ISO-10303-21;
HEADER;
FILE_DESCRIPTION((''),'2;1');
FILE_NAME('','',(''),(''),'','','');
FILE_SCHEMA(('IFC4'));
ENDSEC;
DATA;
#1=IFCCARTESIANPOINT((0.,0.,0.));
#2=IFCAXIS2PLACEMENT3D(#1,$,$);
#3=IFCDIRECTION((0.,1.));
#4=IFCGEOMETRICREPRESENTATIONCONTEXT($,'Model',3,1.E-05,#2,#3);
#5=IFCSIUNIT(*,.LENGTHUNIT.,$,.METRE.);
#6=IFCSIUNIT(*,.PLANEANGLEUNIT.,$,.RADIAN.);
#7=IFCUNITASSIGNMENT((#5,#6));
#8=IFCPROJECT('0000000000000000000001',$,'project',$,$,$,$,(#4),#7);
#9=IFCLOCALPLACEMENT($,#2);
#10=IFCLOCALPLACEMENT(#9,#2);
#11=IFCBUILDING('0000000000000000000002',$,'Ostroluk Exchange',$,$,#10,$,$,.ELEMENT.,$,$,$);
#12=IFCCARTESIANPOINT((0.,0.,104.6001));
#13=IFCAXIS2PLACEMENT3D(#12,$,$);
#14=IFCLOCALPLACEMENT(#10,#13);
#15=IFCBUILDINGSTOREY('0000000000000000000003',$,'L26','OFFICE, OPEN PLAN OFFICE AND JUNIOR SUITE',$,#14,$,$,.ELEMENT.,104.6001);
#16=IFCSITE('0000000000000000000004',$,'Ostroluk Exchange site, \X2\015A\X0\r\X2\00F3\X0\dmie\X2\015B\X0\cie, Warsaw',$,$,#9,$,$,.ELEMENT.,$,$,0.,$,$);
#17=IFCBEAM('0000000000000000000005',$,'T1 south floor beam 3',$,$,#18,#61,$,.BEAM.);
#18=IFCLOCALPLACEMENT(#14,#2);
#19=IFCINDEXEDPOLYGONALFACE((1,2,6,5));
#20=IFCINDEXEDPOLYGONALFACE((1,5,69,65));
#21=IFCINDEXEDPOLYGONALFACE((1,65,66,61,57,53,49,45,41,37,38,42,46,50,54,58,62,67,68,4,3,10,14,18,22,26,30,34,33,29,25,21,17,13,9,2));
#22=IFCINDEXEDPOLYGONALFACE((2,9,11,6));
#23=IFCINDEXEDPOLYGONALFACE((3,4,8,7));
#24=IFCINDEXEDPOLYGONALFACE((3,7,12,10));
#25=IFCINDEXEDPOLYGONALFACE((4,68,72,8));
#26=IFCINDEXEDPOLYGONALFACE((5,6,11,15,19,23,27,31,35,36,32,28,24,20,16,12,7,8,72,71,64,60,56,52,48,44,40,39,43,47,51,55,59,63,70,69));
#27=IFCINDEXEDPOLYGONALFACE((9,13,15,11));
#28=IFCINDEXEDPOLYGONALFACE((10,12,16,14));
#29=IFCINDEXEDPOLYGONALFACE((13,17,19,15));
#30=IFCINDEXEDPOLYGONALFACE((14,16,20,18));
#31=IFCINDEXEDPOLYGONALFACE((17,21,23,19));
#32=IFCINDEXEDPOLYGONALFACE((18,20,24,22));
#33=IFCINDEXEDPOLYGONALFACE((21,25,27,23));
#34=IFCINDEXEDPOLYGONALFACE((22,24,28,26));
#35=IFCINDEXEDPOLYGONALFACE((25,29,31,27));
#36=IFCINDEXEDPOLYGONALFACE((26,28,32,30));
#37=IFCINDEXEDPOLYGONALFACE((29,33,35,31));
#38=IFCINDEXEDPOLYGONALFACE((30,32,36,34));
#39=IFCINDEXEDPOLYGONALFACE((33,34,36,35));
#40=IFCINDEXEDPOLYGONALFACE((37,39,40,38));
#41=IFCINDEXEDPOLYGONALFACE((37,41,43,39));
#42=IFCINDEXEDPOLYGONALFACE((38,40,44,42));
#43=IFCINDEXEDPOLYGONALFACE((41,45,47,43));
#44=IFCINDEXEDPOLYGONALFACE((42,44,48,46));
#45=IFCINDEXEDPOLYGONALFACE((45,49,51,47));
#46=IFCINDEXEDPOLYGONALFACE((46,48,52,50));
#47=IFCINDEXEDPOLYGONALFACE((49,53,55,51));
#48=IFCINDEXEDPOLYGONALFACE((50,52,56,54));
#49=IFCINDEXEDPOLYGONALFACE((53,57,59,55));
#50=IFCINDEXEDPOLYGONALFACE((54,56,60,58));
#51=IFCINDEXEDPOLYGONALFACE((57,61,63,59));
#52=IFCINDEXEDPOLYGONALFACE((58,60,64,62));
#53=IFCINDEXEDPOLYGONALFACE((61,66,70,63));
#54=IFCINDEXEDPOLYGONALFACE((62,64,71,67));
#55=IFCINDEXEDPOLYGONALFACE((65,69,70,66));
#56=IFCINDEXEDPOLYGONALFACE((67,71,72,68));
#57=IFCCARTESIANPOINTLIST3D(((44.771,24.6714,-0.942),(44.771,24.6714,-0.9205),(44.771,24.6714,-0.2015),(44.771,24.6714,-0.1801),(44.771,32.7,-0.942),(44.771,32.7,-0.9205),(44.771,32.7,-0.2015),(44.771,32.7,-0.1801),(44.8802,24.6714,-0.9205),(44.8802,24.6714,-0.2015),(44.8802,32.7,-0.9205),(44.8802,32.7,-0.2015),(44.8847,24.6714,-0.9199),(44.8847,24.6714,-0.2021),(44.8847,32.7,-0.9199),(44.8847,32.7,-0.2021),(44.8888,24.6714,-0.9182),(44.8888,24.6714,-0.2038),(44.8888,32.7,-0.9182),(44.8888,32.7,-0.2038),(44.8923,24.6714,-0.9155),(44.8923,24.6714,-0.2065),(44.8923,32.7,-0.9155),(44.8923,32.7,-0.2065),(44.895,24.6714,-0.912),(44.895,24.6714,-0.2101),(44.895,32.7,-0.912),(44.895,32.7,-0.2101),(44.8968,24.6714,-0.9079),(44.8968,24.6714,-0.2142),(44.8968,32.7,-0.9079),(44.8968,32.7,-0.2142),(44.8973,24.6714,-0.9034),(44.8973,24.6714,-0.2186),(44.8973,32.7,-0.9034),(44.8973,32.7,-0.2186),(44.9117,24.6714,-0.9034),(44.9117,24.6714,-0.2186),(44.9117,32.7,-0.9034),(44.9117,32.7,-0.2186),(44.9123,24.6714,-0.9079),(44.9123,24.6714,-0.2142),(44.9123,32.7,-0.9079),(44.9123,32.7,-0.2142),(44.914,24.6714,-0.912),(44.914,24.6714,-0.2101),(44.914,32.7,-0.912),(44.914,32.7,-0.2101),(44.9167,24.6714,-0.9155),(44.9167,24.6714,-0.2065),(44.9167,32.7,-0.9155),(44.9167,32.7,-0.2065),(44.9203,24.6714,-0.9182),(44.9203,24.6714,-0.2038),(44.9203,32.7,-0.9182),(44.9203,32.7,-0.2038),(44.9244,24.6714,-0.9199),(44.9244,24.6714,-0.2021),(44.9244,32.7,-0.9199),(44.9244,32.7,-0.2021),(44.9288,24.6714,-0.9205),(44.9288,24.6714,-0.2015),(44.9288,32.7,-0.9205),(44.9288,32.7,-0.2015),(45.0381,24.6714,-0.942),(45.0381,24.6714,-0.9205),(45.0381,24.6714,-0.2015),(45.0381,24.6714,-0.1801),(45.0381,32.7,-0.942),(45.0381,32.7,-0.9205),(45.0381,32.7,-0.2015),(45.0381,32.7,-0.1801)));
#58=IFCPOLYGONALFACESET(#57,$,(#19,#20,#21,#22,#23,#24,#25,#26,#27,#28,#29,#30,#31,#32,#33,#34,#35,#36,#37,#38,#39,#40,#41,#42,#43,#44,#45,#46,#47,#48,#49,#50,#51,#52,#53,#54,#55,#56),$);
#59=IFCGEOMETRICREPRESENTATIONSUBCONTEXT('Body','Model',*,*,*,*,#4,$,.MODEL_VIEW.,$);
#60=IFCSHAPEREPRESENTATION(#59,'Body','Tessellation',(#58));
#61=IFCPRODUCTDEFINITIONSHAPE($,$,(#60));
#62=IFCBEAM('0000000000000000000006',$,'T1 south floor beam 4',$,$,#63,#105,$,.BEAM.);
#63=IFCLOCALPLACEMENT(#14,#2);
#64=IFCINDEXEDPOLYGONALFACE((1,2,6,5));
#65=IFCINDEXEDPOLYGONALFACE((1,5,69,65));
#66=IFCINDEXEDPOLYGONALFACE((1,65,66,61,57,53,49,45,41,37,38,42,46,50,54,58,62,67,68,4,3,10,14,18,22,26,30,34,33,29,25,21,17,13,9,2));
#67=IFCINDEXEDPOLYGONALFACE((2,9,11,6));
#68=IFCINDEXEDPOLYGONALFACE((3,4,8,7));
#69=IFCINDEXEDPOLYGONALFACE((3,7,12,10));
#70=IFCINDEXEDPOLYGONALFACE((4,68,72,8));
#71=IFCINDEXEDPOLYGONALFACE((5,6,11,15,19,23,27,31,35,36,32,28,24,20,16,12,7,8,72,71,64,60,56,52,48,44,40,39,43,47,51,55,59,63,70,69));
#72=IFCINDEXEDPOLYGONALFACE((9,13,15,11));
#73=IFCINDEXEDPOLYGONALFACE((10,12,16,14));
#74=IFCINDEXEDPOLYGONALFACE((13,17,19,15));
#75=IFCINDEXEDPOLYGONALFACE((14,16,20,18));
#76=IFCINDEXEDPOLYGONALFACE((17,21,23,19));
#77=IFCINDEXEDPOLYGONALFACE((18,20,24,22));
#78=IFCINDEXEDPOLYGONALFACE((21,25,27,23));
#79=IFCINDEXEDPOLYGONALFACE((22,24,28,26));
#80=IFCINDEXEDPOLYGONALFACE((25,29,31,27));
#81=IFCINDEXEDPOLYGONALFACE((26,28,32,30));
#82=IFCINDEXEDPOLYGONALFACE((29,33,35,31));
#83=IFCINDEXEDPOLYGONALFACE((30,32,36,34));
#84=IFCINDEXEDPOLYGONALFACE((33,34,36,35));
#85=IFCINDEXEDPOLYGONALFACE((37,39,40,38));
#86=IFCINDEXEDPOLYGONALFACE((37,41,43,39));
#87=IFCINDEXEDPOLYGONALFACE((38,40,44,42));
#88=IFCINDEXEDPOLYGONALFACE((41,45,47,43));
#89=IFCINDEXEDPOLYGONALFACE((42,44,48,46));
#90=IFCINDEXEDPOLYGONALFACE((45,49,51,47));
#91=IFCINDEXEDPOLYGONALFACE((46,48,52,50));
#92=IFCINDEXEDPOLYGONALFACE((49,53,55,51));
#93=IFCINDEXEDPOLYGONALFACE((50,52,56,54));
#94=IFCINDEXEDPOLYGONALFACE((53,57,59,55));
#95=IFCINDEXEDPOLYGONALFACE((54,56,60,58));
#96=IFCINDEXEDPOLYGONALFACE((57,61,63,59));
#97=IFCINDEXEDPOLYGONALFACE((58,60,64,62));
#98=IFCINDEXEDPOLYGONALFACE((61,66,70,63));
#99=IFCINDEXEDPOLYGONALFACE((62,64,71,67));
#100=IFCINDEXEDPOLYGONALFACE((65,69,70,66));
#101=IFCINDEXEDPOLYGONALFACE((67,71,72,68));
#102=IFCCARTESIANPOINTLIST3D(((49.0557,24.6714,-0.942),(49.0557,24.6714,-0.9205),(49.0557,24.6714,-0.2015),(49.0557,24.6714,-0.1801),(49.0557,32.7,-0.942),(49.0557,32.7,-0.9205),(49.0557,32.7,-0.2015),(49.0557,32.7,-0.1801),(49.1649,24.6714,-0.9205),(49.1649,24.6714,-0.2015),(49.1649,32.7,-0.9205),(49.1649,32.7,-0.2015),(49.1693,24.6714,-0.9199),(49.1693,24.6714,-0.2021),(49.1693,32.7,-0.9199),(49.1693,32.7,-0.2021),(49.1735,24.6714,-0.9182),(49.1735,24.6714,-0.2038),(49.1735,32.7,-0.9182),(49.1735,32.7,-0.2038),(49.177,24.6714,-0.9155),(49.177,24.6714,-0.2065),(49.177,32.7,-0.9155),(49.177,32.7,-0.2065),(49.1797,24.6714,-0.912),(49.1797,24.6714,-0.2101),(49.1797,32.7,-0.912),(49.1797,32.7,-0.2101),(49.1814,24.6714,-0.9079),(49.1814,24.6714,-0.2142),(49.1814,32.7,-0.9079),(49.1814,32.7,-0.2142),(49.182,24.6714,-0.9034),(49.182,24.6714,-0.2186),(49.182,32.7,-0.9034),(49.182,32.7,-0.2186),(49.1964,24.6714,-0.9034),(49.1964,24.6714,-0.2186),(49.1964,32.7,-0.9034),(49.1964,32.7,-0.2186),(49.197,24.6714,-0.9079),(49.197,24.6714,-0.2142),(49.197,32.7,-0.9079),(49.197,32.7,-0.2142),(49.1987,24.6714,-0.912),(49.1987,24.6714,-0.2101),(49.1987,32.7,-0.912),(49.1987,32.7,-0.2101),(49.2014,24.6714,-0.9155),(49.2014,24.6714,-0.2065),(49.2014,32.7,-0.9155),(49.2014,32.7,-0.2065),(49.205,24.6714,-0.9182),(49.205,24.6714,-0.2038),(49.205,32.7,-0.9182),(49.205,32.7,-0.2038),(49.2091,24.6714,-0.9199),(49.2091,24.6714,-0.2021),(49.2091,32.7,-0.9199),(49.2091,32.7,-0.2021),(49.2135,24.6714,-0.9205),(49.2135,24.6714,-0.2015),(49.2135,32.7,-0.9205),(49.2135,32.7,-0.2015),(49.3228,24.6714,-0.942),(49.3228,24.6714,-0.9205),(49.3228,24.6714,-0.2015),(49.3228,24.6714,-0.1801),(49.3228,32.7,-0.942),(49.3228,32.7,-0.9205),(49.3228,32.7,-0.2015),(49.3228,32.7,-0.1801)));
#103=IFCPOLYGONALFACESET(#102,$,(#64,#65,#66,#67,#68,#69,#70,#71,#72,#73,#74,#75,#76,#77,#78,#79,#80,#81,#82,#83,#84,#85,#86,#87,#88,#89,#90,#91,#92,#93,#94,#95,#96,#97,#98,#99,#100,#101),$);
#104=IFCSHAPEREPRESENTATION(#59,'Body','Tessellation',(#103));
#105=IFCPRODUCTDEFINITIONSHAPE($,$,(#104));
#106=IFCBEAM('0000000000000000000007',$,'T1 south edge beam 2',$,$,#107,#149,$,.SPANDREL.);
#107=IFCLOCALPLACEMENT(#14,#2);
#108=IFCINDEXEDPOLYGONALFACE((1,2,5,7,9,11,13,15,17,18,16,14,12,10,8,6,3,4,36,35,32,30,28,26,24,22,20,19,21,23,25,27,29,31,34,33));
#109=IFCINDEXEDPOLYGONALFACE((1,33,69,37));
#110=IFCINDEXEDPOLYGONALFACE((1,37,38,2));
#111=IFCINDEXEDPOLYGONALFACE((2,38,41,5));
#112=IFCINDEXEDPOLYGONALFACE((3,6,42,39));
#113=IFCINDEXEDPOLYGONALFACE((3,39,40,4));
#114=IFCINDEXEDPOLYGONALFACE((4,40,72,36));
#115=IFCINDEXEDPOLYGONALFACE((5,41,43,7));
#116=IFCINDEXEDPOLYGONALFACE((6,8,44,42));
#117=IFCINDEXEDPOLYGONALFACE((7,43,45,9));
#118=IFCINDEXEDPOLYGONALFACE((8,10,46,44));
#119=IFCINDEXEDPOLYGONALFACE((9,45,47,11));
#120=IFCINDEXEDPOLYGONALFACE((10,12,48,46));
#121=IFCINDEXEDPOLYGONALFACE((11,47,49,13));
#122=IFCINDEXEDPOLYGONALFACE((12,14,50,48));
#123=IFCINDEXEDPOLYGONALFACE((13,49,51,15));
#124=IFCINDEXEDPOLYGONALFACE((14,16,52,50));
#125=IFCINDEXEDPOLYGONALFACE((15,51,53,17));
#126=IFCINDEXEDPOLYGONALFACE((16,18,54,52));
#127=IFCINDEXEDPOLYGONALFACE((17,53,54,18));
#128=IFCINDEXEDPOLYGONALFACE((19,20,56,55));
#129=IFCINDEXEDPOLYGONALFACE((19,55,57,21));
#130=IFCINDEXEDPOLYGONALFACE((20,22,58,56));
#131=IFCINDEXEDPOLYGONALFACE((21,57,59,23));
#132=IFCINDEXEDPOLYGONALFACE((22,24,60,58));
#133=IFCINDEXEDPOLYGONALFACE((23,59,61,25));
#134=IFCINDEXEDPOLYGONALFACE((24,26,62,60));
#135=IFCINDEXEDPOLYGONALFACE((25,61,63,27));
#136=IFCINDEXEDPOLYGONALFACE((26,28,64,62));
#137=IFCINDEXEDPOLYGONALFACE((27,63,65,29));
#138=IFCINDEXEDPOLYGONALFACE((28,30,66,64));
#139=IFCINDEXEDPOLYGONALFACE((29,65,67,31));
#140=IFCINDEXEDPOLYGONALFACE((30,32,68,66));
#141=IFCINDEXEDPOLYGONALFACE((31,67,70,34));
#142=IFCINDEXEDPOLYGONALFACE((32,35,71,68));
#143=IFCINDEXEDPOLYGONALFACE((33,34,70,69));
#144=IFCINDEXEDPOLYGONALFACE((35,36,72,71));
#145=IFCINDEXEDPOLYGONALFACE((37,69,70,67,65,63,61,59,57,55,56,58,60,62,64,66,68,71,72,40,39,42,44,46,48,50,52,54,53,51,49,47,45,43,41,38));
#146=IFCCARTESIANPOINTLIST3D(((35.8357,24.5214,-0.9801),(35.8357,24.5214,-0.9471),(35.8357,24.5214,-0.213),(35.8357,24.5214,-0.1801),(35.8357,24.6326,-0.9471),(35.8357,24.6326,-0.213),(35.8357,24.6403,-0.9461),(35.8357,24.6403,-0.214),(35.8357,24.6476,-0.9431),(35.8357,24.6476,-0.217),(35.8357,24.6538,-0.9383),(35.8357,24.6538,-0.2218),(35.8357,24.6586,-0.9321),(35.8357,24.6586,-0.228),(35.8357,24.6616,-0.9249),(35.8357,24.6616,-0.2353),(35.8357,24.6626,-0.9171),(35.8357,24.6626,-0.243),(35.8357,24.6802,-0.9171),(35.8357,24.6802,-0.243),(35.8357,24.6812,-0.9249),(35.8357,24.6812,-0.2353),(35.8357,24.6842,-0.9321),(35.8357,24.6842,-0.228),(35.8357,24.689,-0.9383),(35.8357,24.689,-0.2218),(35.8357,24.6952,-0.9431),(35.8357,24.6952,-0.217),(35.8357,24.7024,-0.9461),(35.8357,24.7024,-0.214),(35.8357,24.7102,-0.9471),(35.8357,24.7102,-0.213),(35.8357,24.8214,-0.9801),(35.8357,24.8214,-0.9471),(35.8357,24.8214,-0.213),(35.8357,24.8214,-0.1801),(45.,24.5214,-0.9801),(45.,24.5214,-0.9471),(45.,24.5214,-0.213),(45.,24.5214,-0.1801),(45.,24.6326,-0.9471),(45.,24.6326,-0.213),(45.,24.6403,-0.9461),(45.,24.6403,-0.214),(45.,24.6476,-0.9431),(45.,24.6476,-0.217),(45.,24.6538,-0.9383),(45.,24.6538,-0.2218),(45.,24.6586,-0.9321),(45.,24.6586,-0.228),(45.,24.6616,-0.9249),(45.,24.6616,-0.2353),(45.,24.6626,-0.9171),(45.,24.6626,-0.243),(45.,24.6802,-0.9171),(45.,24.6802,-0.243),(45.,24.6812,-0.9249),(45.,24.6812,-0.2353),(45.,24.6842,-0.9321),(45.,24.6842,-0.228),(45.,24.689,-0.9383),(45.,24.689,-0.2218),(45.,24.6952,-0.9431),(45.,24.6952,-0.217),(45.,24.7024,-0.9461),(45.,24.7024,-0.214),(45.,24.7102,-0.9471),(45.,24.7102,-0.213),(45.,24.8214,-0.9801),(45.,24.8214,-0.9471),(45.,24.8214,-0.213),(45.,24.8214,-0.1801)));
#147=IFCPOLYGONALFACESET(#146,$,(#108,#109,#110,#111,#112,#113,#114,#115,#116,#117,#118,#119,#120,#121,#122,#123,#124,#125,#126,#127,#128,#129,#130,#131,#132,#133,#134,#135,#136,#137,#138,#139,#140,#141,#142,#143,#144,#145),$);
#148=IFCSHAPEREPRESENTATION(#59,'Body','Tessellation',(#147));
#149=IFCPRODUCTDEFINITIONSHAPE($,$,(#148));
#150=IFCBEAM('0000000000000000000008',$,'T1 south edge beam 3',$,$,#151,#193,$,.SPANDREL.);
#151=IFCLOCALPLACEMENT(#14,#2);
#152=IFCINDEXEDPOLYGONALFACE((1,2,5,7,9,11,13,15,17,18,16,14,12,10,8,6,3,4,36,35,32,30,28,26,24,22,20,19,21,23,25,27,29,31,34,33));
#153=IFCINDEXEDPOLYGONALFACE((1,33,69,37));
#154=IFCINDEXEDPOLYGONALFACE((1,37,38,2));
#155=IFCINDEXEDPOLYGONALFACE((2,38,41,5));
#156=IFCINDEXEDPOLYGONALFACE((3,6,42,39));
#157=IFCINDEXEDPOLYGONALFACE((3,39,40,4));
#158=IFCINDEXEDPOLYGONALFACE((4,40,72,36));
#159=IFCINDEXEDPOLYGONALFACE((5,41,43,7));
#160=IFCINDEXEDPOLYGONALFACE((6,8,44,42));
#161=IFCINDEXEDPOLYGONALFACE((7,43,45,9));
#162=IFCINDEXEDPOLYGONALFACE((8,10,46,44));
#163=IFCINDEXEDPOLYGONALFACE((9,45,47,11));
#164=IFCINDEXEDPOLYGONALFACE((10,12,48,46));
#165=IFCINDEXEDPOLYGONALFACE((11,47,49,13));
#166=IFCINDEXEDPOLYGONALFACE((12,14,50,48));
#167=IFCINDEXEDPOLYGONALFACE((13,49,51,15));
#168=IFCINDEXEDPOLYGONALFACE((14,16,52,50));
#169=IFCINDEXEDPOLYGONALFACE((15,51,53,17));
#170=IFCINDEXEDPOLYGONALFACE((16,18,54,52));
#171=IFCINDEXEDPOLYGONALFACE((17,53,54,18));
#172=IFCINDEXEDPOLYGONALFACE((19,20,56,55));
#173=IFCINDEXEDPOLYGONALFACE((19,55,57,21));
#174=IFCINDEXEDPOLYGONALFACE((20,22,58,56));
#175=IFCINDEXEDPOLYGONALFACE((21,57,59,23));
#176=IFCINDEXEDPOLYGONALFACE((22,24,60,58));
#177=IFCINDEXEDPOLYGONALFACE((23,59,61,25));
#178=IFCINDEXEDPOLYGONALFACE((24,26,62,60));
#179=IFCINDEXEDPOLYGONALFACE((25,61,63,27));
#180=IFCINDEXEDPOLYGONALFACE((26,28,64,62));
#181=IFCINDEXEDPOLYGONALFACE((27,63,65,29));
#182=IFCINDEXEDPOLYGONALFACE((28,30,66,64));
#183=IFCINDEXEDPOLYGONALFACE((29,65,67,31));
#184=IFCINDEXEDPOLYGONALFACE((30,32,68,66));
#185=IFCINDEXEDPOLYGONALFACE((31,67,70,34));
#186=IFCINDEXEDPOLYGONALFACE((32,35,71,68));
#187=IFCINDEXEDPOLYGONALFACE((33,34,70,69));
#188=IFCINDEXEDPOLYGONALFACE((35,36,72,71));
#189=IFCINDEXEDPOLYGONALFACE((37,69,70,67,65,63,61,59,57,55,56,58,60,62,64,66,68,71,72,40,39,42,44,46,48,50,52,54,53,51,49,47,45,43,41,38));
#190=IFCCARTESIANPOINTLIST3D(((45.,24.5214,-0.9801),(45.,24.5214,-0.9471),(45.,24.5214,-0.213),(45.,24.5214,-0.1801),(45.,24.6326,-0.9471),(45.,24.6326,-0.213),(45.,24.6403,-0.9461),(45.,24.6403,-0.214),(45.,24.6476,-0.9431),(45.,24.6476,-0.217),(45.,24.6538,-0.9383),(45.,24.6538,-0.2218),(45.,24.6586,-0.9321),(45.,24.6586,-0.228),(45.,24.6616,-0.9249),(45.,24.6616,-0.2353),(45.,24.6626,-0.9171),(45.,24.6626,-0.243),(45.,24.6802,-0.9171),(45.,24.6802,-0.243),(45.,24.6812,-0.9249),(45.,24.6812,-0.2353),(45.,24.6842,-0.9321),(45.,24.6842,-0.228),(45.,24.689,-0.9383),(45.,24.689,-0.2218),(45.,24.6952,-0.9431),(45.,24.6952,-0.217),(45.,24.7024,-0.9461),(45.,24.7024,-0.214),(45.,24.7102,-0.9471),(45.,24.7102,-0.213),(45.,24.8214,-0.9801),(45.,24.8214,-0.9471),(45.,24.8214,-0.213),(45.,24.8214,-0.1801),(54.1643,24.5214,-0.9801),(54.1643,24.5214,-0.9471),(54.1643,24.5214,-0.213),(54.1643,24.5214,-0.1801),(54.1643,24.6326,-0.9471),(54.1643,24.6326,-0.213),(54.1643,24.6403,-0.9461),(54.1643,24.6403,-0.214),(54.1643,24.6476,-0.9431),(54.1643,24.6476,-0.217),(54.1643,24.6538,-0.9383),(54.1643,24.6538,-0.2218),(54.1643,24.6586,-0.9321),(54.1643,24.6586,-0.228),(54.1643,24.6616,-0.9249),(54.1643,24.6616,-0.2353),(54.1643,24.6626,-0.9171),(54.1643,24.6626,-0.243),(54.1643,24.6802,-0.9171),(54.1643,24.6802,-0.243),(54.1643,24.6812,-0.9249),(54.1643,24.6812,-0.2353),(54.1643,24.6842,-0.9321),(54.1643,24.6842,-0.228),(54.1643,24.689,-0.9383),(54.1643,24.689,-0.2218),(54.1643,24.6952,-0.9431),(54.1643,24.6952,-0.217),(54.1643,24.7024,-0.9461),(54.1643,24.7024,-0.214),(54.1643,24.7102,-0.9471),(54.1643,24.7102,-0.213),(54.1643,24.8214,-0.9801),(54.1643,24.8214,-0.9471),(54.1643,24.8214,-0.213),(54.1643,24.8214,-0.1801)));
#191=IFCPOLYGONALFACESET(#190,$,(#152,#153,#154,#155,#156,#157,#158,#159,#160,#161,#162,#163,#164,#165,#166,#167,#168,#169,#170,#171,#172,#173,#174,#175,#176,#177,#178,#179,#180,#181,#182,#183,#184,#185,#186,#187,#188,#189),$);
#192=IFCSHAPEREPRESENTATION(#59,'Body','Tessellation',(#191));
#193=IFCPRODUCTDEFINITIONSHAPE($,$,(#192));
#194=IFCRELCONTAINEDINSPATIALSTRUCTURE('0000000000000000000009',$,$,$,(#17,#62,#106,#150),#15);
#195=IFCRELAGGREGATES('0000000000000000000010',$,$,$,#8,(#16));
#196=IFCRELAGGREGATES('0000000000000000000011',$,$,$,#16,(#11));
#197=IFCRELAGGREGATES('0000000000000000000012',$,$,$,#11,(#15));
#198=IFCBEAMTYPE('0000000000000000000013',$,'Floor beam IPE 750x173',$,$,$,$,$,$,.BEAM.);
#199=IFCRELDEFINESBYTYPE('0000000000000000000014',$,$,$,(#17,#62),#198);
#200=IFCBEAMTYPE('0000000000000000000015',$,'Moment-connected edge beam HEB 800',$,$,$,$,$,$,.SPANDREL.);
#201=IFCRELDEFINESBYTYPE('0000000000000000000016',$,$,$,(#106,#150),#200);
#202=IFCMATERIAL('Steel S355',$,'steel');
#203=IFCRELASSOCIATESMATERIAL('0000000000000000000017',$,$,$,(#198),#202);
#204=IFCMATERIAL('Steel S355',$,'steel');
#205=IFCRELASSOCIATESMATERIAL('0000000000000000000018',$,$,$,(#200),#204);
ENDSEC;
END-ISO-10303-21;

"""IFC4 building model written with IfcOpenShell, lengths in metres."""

from ifc_helpers import new_model, si_unit, direction, frame, origin, origin_2d, place, context, subcontext, project, spatial, i_section, extrude, material, material_profile, profile_set, type_object, element, save


model = new_model("IFC4")

# Units and contexts
model_context = context("Model", 3, precision=1e-05, world=origin(), true_north=direction((0.0, 1.0)))
body_context = subcontext(model_context, "Body", "Model", "MODEL_VIEW")
ifc_project = project(units=[si_unit("LENGTHUNIT", "METRE"), si_unit("PLANEANGLEUNIT", "RADIAN")], contexts=[model_context])

# Site, building, storey
site_placement = place(None, origin())
site = spatial("IfcSite", under=ifc_project, at=site_placement, Name="Ostroluk Exchange site, Śródmieście, Warsaw", CompositionType="ELEMENT", RefElevation=0.0)
building_placement = place(site_placement, origin())
building = spatial("IfcBuilding", under=site, at=building_placement, Name="Ostroluk Exchange", CompositionType="ELEMENT")
storey_placement = place(building_placement, frame((0.0, 0.0, 104.6001)))
storey = spatial("IfcBuildingStorey", under=building, at=storey_placement, Name="L26", Description="OFFICE, OPEN PLAN OFFICE AND JUNIOR SUITE", CompositionType="ELEMENT", Elevation=104.6001)

# Beams
ifc_material_1 = material(Name="Steel S355", Category="steel")
ifc_material_profile_1 = material_profile(ifc_material_1, i_section(OverallWidth=0.2671, OverallDepth=0.762, WebThickness=0.0144, FlangeThickness=0.0215, FilletRadius=0.0171, at=origin_2d()), Name="IPE 750x173")
ifc_profile_set_1 = profile_set([ifc_material_profile_1], Name="Steel S355")
beam_type_1 = type_object("IfcBeamType", Name="Floor beam IPE 750x173", PredefinedType="BEAM", material=ifc_profile_set_1)
for number, where, z_axis, x_axis, name in (
    (1, (44.9045, 32.7, -0.561), (0.0, -1.0, 0.0), (1.0, 0.0, 0.0), "T1 south floor beam 3"),
    (2, (49.1892, 32.7, -0.561), (0.0, -1.0, 0.0), (1.0, 0.0, 0.0), "T1 south floor beam 4"),
):
    element("IfcBeam", number, at=place(storey_placement, frame(where, z_axis=z_axis, x_axis=x_axis)), inside=storey, type_object=beam_type_1, Name=name, PredefinedType="BEAM", context=body_context, shape_type="SweptSolid", body=[
        extrude(i_section(OverallWidth=0.2671, OverallDepth=0.762, WebThickness=0.0144, FlangeThickness=0.0215, FilletRadius=0.0171, at=origin_2d()), origin(), (0.0, 0.0, 1.0), 8.0286),
    ])
ifc_material_2 = material(Name="Steel S355", Category="steel")
ifc_material_profile_2 = material_profile(ifc_material_2, i_section(OverallWidth=0.3, OverallDepth=0.8, WebThickness=0.0176, FlangeThickness=0.033, FilletRadius=0.03, at=origin_2d()), Name="HEB 800")
ifc_profile_set_2 = profile_set([ifc_material_profile_2], Name="Steel S355")
beam_type_2 = type_object("IfcBeamType", Name="Moment-connected edge beam HEB 800", PredefinedType="SPANDREL", material=ifc_profile_set_2)
for number, where, z_axis, x_axis, name in (
    (3, (35.8357, 24.6714, -0.5801), (1.0, 0.0, 0.0), (0.0, 1.0, 0.0), "T1 south edge beam 2"),
    (4, (45.0, 24.6714, -0.5801), (1.0, 0.0, 0.0), (0.0, 1.0, 0.0), "T1 south edge beam 3"),
):
    element("IfcBeam", number, at=place(storey_placement, frame(where, z_axis=z_axis, x_axis=x_axis)), inside=storey, type_object=beam_type_2, Name=name, PredefinedType="SPANDREL", context=body_context, shape_type="SweptSolid", body=[
        extrude(i_section(OverallWidth=0.3, OverallDepth=0.8, WebThickness=0.0176, FlangeThickness=0.033, FilletRadius=0.03, at=origin_2d()), origin(), (0.0, 0.0, 1.0), 9.1643),
    ])

save(model, "model.ifc")
